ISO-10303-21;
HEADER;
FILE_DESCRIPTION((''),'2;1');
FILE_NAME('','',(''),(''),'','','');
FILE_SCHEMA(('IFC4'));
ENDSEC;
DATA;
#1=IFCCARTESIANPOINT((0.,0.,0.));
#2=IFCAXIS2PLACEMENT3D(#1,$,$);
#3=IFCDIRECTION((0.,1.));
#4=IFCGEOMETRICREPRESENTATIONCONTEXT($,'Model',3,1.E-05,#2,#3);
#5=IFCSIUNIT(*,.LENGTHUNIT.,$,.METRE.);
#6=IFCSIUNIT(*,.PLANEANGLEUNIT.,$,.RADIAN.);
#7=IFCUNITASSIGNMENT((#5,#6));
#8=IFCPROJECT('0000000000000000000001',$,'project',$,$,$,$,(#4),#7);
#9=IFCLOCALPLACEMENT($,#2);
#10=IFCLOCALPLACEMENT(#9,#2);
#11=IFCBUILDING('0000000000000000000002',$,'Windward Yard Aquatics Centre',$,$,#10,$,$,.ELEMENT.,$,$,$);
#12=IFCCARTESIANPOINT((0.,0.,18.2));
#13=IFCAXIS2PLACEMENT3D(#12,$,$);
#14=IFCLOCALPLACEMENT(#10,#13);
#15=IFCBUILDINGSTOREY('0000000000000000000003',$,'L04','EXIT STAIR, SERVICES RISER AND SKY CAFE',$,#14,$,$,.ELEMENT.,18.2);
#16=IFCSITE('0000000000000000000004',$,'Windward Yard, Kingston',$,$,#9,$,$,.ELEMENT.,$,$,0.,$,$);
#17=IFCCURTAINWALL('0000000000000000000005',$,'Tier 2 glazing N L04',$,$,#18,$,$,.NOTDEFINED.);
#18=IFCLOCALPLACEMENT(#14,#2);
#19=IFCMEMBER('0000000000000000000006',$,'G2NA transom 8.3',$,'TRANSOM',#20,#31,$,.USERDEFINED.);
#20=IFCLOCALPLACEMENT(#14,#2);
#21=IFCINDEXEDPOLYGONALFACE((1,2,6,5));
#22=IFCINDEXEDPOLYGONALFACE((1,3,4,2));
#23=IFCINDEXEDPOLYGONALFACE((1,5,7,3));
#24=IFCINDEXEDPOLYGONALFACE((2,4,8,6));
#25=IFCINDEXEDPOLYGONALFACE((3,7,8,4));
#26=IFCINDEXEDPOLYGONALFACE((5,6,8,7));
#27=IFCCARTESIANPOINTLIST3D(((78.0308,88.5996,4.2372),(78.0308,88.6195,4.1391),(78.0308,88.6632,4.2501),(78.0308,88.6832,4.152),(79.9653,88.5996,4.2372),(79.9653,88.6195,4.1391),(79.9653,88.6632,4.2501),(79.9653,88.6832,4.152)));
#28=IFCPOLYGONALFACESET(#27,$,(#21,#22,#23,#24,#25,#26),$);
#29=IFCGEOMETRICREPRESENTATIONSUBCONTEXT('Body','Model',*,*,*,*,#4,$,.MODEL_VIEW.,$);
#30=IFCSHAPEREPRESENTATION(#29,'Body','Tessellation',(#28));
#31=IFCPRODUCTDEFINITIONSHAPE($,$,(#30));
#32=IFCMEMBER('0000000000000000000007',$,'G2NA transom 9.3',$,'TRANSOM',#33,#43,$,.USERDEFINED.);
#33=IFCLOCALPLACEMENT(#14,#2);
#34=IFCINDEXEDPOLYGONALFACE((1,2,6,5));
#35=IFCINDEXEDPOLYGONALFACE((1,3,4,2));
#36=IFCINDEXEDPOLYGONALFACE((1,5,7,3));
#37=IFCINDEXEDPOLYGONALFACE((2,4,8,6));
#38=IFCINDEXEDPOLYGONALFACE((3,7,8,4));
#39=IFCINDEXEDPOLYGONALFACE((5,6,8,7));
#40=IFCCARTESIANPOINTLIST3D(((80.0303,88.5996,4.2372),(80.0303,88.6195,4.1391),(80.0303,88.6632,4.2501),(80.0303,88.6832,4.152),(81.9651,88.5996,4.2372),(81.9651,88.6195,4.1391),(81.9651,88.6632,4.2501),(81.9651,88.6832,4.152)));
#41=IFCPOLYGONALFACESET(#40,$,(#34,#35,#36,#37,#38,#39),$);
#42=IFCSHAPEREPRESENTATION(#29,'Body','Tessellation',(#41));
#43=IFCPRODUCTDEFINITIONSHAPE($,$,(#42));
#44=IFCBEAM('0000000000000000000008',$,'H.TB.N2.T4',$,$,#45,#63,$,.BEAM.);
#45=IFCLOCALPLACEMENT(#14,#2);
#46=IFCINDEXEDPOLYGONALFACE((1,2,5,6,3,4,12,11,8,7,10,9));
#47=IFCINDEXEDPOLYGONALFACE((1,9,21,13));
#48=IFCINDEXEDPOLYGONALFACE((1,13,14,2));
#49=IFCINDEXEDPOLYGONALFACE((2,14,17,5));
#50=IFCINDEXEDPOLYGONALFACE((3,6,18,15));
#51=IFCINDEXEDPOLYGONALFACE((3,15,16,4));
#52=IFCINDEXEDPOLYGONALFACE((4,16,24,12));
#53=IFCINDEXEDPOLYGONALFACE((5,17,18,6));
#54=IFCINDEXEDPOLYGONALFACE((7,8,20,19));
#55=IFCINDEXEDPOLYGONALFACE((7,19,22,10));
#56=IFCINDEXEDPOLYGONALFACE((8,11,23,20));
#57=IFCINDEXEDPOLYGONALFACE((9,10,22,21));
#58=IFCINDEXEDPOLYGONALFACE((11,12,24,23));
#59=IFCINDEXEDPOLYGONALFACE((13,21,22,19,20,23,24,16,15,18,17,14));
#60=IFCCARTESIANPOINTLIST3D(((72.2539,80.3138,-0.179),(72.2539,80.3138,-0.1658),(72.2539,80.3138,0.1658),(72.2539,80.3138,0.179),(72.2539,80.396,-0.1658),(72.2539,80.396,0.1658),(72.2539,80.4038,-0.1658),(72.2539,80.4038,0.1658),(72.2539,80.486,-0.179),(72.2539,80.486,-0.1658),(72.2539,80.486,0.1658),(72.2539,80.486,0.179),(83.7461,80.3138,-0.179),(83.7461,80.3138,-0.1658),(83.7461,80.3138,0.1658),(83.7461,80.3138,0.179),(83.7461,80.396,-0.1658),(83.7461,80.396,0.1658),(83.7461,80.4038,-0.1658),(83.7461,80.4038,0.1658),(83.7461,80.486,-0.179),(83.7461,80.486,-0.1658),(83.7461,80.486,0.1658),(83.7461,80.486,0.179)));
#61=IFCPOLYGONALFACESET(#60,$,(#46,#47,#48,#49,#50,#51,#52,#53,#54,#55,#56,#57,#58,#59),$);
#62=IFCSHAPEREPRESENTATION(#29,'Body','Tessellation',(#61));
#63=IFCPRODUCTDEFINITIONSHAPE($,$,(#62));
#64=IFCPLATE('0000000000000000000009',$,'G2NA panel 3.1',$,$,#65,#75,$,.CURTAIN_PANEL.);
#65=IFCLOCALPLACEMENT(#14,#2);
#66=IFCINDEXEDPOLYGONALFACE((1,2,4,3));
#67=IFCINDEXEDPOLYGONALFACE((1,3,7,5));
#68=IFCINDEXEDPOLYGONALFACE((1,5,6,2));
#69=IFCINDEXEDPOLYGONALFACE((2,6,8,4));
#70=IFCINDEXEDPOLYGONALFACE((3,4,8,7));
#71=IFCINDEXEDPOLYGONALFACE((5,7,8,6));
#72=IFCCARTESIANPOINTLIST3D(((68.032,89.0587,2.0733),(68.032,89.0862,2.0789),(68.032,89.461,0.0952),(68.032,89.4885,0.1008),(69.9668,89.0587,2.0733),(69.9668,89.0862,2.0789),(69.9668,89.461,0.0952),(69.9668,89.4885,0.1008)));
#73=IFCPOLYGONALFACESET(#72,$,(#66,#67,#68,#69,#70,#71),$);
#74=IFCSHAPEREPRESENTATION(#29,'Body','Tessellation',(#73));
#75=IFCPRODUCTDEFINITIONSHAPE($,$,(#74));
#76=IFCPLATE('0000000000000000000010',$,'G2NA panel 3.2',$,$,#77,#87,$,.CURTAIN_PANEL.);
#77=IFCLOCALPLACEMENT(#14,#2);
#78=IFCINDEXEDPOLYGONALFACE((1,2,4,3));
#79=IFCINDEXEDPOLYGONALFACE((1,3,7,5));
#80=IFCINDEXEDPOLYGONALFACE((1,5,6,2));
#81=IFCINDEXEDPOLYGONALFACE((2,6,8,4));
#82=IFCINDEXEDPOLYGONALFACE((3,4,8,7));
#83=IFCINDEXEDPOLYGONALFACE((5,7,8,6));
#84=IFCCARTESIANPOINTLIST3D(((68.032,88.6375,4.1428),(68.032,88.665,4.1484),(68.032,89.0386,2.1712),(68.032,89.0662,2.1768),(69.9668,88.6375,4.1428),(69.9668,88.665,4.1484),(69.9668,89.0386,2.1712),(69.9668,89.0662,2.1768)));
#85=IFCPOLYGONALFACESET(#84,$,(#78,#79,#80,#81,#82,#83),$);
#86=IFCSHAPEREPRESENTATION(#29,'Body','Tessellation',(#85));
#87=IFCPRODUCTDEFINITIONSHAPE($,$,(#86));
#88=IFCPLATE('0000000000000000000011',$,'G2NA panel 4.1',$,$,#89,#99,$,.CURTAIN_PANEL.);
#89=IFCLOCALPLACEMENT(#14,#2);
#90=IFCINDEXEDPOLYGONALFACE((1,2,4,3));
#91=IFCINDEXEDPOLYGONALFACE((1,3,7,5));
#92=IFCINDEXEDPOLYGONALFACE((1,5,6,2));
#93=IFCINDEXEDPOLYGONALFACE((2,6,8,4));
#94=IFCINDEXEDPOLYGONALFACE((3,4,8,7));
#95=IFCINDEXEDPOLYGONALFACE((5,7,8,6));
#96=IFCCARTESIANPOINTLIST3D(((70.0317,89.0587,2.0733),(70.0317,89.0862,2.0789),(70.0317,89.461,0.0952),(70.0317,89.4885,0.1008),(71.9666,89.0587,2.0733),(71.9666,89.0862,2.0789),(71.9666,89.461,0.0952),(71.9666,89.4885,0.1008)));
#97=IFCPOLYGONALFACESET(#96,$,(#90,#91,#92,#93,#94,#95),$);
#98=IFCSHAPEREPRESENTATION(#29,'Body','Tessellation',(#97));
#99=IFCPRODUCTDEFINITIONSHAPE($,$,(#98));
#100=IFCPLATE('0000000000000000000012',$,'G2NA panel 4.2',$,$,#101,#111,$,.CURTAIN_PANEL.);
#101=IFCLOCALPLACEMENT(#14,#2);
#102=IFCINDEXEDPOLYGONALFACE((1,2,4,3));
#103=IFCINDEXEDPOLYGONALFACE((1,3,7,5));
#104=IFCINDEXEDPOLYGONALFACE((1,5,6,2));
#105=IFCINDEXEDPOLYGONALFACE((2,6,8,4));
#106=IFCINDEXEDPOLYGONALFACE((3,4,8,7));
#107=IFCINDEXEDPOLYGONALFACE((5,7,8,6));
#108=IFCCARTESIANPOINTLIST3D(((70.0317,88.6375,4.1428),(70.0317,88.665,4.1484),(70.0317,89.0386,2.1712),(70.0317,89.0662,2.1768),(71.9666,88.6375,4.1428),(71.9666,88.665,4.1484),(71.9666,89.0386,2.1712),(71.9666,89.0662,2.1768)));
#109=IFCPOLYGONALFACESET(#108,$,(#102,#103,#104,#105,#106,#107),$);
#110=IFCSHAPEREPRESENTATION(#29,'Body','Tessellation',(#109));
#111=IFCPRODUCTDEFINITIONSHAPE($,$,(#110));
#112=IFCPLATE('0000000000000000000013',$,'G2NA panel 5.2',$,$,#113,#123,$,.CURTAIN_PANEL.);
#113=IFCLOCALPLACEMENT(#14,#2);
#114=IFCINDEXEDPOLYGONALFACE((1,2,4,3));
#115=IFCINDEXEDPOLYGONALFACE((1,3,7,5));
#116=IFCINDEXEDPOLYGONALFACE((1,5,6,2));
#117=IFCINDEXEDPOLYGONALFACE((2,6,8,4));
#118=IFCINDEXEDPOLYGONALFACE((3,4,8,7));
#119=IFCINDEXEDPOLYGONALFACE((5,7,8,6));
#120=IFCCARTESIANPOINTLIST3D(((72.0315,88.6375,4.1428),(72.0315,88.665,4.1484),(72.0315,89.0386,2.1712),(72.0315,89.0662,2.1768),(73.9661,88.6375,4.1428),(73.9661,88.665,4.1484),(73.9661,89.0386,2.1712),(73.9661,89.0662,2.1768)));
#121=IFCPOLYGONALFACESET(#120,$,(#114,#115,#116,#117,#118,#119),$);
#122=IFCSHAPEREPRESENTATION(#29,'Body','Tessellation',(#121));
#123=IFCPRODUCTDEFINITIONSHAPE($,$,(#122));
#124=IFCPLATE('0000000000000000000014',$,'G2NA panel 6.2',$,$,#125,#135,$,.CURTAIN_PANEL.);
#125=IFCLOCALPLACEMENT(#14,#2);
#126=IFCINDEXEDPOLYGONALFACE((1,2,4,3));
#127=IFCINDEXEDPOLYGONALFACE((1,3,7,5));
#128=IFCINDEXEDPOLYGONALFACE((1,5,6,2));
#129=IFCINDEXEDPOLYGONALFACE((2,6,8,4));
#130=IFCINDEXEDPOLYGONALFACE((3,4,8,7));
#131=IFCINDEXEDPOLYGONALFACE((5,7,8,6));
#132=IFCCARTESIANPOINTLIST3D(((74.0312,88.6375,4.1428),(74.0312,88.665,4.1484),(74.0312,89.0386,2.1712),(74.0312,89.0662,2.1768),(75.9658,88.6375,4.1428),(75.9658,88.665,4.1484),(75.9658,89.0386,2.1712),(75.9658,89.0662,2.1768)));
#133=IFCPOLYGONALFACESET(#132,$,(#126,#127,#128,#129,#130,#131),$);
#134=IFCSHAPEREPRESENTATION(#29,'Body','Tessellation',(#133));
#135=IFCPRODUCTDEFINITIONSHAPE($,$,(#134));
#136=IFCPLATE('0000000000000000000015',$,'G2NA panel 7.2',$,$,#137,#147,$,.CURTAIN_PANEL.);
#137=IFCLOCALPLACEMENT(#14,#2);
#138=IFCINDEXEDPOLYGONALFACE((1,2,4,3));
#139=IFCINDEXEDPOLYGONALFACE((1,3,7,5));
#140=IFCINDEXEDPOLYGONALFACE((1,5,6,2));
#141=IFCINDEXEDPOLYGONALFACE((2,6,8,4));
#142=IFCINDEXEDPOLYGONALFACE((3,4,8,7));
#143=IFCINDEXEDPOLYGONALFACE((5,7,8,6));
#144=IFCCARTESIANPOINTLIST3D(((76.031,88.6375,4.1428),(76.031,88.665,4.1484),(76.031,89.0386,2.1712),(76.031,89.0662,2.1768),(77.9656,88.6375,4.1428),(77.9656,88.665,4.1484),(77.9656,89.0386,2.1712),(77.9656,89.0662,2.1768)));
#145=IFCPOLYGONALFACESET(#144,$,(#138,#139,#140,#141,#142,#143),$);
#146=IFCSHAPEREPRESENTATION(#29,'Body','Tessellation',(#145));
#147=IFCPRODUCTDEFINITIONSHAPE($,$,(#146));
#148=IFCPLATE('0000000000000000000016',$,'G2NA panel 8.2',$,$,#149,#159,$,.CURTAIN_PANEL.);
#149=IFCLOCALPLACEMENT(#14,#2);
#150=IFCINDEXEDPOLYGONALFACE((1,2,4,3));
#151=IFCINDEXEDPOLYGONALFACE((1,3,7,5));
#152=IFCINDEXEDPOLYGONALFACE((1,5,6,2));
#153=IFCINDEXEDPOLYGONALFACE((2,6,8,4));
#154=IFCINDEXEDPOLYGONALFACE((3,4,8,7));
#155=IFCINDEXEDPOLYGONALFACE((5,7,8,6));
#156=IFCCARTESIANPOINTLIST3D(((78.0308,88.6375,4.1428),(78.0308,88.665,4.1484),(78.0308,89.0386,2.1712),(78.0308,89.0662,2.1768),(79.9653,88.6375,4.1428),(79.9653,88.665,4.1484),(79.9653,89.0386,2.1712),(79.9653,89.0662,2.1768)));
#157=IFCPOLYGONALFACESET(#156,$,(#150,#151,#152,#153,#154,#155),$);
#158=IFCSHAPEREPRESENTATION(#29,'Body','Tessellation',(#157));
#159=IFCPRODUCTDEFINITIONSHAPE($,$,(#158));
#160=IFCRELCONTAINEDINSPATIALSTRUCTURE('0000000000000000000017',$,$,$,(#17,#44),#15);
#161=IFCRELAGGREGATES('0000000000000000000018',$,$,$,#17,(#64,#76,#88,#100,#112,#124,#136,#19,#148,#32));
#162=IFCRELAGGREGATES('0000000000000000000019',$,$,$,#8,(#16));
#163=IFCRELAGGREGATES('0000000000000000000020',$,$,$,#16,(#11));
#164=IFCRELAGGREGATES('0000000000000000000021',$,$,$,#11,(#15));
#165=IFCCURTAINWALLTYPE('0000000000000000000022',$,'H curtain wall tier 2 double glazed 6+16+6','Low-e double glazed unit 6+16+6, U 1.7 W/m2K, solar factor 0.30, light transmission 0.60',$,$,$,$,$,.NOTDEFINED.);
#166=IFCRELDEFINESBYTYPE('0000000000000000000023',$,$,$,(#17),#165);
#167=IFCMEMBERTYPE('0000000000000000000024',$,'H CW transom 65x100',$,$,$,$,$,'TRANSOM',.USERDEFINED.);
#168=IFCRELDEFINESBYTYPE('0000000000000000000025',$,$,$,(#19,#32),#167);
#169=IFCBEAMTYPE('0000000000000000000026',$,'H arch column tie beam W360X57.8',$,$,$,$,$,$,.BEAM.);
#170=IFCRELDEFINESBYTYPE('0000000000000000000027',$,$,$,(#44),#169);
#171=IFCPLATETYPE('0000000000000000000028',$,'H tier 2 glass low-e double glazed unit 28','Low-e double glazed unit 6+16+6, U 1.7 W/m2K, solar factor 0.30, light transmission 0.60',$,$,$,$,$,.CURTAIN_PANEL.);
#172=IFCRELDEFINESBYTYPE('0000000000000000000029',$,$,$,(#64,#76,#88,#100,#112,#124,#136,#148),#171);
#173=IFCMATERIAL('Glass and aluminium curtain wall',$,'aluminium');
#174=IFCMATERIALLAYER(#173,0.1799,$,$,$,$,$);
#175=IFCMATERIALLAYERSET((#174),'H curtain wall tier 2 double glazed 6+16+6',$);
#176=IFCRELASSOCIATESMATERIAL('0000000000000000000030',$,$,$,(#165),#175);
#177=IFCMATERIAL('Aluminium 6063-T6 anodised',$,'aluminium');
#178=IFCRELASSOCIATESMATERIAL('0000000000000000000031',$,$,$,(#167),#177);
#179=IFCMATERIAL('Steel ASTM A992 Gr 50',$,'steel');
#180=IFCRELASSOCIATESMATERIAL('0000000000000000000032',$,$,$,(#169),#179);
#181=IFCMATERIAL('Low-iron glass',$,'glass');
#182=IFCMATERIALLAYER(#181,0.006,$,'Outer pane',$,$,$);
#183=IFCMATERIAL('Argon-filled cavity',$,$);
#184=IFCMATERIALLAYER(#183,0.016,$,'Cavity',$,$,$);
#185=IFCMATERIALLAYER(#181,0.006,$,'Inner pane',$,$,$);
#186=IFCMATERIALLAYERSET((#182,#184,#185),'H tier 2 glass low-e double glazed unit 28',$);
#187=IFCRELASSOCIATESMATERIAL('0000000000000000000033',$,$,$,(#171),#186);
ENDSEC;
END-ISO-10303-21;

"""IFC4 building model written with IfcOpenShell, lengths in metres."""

from ifc_helpers import new_model, si_unit, direction, frame, origin, origin_2d, place, context, subcontext, project, spatial, polyline, rectangle, i_section, outline, extrude, material, layer, layer_set, material_profile, profile_set, type_object, element, aggregate, save


model = new_model("IFC4")

# Units and contexts
model_context = context("Model", 3, precision=1e-05, world=origin(), true_north=direction((0.0, 1.0)))
body_context = subcontext(model_context, "Body", "Model", "MODEL_VIEW")
ifc_project = project(units=[si_unit("LENGTHUNIT", "METRE"), si_unit("PLANEANGLEUNIT", "RADIAN")], contexts=[model_context])

# Site, building, storey
site_placement = place(None, origin())
site = spatial("IfcSite", under=ifc_project, at=site_placement, Name="Windward Yard, Kingston", CompositionType="ELEMENT", RefElevation=0.0)
building_placement = place(site_placement, origin())
building = spatial("IfcBuilding", under=site, at=building_placement, Name="Windward Yard Aquatics Centre", CompositionType="ELEMENT")
storey_placement = place(building_placement, frame((0.0, 0.0, 18.2)))
storey = spatial("IfcBuildingStorey", under=building, at=storey_placement, Name="L04", Description="EXIT STAIR, SERVICES RISER AND SKY CAFE", CompositionType="ELEMENT", Elevation=18.2)

# Curtain wall, members
ifc_material_1 = material(Name="Glass and aluminium curtain wall", Category="aluminium")
ifc_layer_1 = layer(ifc_material_1, 0.1799)
ifc_layer_set_1 = layer_set([ifc_layer_1], Name="H curtain wall tier 2 double glazed 6+16+6")
curtain_wall_type = type_object("IfcCurtainWallType", Name="H curtain wall tier 2 double glazed 6+16+6", Description="Low-e double glazed unit 6+16+6, U 1.7 W/m2K, solar factor 0.30, light transmission 0.60", PredefinedType="NOTDEFINED", material=ifc_layer_set_1)
curtain_wall_placement = place(storey_placement, origin())
curtain_wall = element("IfcCurtainWall", 1, at=curtain_wall_placement, inside=storey, type_object=curtain_wall_type, Name="Tier 2 glazing N L04", PredefinedType="NOTDEFINED")
ifc_material_2 = material(Name="Aluminium 6063-T6 anodised", Category="aluminium")
ifc_material_profile_1 = material_profile(ifc_material_2, rectangle(XDim=0.0649, YDim=0.1001, at=origin_2d()), Name="H CW transom 65x100")
ifc_profile_set_1 = profile_set([ifc_material_profile_1], Name="Aluminium 6063-T6 anodised")
member_type = type_object("IfcMemberType", Name="H CW transom 65x100", ElementType="TRANSOM", PredefinedType="USERDEFINED", material=ifc_profile_set_1)
member_1_placement = place(storey_placement, frame((78.0308, 88.6414, 4.1946), z_axis=(1.0, 0.0, 0.0), x_axis=(0.0, 0.979925, 0.199368)))
member_1 = element("IfcMember", 2, at=member_1_placement, type_object=member_type, Name="G2NA transom 8.3", ObjectType="TRANSOM", PredefinedType="USERDEFINED", context=body_context, shape_type="SweptSolid", body=[
    extrude(rectangle(XDim=0.0649, YDim=0.1001, at=origin_2d()), origin(), (0.0, 0.0, 1.0), 1.9346),
])
member_2_placement = place(storey_placement, frame((80.0303, 88.6414, 4.1946), z_axis=(1.0, 0.0, 0.0), x_axis=(0.0, 0.979925, 0.199368)))
member_2 = element("IfcMember", 3, at=member_2_placement, type_object=member_type, Name="G2NA transom 9.3", ObjectType="TRANSOM", PredefinedType="USERDEFINED", context=body_context, shape_type="SweptSolid", body=[
    extrude(rectangle(XDim=0.0649, YDim=0.1001, at=origin_2d()), origin(), (0.0, 0.0, 1.0), 1.9348),
])

# Beam
ifc_material_3 = material(Name="Steel ASTM A992 Gr 50", Category="steel")
ifc_material_profile_2 = material_profile(ifc_material_3, i_section(OverallWidth=0.1721, OverallDepth=0.3579, WebThickness=0.0078, FlangeThickness=0.0132, at=origin_2d()), Name="W360X57.8")
ifc_profile_set_2 = profile_set([ifc_material_profile_2], Name="Steel ASTM A992 Gr 50")
beam_type = type_object("IfcBeamType", Name="H arch column tie beam W360X57.8", PredefinedType="BEAM", material=ifc_profile_set_2)
beam_placement = place(storey_placement, frame((72.2539, 80.3999, 0.0), z_axis=(1.0, 0.0, 0.0), x_axis=(0.0, 1.0, 0.0)))
element("IfcBeam", 4, at=beam_placement, inside=storey, type_object=beam_type, Name="H.TB.N2.T4", PredefinedType="BEAM", context=body_context, shape_type="SweptSolid", body=[
    extrude(i_section(OverallWidth=0.1721, OverallDepth=0.3579, WebThickness=0.0078, FlangeThickness=0.0132, at=origin_2d()), origin(), (0.0, 0.0, 1.0), 11.4922),
])

# Plates
ifc_material_4 = material(Name="Low-iron glass", Category="glass")
ifc_layer_2 = layer(ifc_material_4, 0.006, Name="Outer pane")
ifc_material_5 = material(Name="Argon-filled cavity")
ifc_layer_3 = layer(ifc_material_5, 0.016, Name="Cavity")
ifc_layer_4 = layer(ifc_material_4, 0.006, Name="Inner pane")
ifc_layer_set_2 = layer_set([ifc_layer_2, ifc_layer_3, ifc_layer_4], Name="H tier 2 glass low-e double glazed unit 28")
plate_type = type_object("IfcPlateType", Name="H tier 2 glass low-e double glazed unit 28", Description="Low-e double glazed unit 6+16+6, U 1.7 W/m2K, solar factor 0.30, light transmission 0.60", PredefinedType="CURTAIN_PANEL", material=ifc_layer_set_2)
plate_1_placement = place(storey_placement, frame((68.032, 89.0862, 2.0789), z_axis=(0.0, 0.979933, 0.199325), x_axis=(0.0, 0.199325, -0.979933)))
plate_1 = element("IfcPlate", 5, at=plate_1_placement, type_object=plate_type, Name="G2NA panel 3.1", PredefinedType="CURTAIN_PANEL", context=body_context, shape_type="SweptSolid", body=[
    extrude(outline(polyline([(0.0, 0.0), (2.0185, 0.0), (2.0185, -1.9348), (0.0, -1.9348), (0.0, 0.0)])), origin(), (0.0, 0.0, -1.0), 0.0281),
])
plate_2_placement = place(storey_placement, frame((68.032, 88.665, 4.1484), z_axis=(0.0, 0.979927, 0.199359), x_axis=(0.0, 0.199359, -0.979927)))
plate_2 = element("IfcPlate", 6, at=plate_2_placement, type_object=plate_type, Name="G2NA panel 3.2", PredefinedType="CURTAIN_PANEL", context=body_context, shape_type="SweptSolid", body=[
    extrude(outline(polyline([(0.0, 0.0), (2.0121, 0.0), (2.0121, -1.9348), (0.0, -1.9348), (0.0, 0.0)])), origin(), (0.0, 0.0, -1.0), 0.0281),
])
plate_3_placement = place(storey_placement, frame((70.0317, 89.0862, 2.0789), z_axis=(0.0, 0.979933, 0.199325), x_axis=(0.0, 0.199325, -0.979933)))
plate_3 = element("IfcPlate", 7, at=plate_3_placement, type_object=plate_type, Name="G2NA panel 4.1", PredefinedType="CURTAIN_PANEL", context=body_context, shape_type="SweptSolid", body=[
    extrude(outline(polyline([(0.0, 0.0), (2.0185, 0.0), (2.0185, -1.9348), (0.0, -1.9348), (0.0, 0.0)])), origin(), (0.0, 0.0, -1.0), 0.0281),
])
plate_4_placement = place(storey_placement, frame((70.0317, 88.665, 4.1484), z_axis=(0.0, 0.979927, 0.199359), x_axis=(0.0, 0.199359, -0.979927)))
plate_4 = element("IfcPlate", 8, at=plate_4_placement, type_object=plate_type, Name="G2NA panel 4.2", PredefinedType="CURTAIN_PANEL", context=body_context, shape_type="SweptSolid", body=[
    extrude(outline(polyline([(0.0, 0.0), (2.0121, 0.0), (2.0121, -1.9348), (0.0, -1.9348), (0.0, 0.0)])), origin(), (0.0, 0.0, -1.0), 0.0281),
])
plate_5_placement = place(storey_placement, frame((72.0315, 88.665, 4.1484), z_axis=(0.0, 0.979927, 0.199359), x_axis=(0.0, 0.199359, -0.979927)))
plate_5 = element("IfcPlate", 9, at=plate_5_placement, type_object=plate_type, Name="G2NA panel 5.2", PredefinedType="CURTAIN_PANEL", context=body_context, shape_type="SweptSolid", body=[
    extrude(outline(polyline([(0.0, 0.0), (2.0121, 0.0), (2.0121, -1.9346), (0.0, -1.9346), (0.0, 0.0)])), origin(), (0.0, 0.0, -1.0), 0.0281),
])
plate_6_placement = place(storey_placement, frame((74.0312, 88.665, 4.1484), z_axis=(0.0, 0.979927, 0.199359), x_axis=(0.0, 0.199359, -0.979927)))
plate_6 = element("IfcPlate", 10, at=plate_6_placement, type_object=plate_type, Name="G2NA panel 6.2", PredefinedType="CURTAIN_PANEL", context=body_context, shape_type="SweptSolid", body=[
    extrude(outline(polyline([(0.0, 0.0), (2.0121, 0.0), (2.0121, -1.9346), (0.0, -1.9346), (0.0, 0.0)])), origin(), (0.0, 0.0, -1.0), 0.0281),
])
plate_7_placement = place(storey_placement, frame((76.031, 88.665, 4.1484), z_axis=(0.0, 0.979927, 0.199359), x_axis=(0.0, 0.199359, -0.979927)))
plate_7 = element("IfcPlate", 11, at=plate_7_placement, type_object=plate_type, Name="G2NA panel 7.2", PredefinedType="CURTAIN_PANEL", context=body_context, shape_type="SweptSolid", body=[
    extrude(outline(polyline([(0.0, 0.0), (2.0121, 0.0), (2.0121, -1.9346), (0.0, -1.9346), (0.0, 0.0)])), origin(), (0.0, 0.0, -1.0), 0.0281),
])
plate_8_placement = place(storey_placement, frame((78.0308, 88.665, 4.1484), z_axis=(0.0, 0.979927, 0.199359), x_axis=(0.0, 0.199359, -0.979927)))
plate_8 = element("IfcPlate", 12, at=plate_8_placement, type_object=plate_type, Name="G2NA panel 8.2", PredefinedType="CURTAIN_PANEL", context=body_context, shape_type="SweptSolid", body=[
    extrude(outline(polyline([(0.0, 0.0), (2.0121, 0.0), (2.0121, -1.9346), (0.0, -1.9346), (0.0, 0.0)])), origin(), (0.0, 0.0, -1.0), 0.0281),
])
aggregate(curtain_wall, [plate_1, plate_2, plate_3, plate_4, plate_5, plate_6, plate_7, member_1, plate_8, member_2])

save(model, "model.ifc")
